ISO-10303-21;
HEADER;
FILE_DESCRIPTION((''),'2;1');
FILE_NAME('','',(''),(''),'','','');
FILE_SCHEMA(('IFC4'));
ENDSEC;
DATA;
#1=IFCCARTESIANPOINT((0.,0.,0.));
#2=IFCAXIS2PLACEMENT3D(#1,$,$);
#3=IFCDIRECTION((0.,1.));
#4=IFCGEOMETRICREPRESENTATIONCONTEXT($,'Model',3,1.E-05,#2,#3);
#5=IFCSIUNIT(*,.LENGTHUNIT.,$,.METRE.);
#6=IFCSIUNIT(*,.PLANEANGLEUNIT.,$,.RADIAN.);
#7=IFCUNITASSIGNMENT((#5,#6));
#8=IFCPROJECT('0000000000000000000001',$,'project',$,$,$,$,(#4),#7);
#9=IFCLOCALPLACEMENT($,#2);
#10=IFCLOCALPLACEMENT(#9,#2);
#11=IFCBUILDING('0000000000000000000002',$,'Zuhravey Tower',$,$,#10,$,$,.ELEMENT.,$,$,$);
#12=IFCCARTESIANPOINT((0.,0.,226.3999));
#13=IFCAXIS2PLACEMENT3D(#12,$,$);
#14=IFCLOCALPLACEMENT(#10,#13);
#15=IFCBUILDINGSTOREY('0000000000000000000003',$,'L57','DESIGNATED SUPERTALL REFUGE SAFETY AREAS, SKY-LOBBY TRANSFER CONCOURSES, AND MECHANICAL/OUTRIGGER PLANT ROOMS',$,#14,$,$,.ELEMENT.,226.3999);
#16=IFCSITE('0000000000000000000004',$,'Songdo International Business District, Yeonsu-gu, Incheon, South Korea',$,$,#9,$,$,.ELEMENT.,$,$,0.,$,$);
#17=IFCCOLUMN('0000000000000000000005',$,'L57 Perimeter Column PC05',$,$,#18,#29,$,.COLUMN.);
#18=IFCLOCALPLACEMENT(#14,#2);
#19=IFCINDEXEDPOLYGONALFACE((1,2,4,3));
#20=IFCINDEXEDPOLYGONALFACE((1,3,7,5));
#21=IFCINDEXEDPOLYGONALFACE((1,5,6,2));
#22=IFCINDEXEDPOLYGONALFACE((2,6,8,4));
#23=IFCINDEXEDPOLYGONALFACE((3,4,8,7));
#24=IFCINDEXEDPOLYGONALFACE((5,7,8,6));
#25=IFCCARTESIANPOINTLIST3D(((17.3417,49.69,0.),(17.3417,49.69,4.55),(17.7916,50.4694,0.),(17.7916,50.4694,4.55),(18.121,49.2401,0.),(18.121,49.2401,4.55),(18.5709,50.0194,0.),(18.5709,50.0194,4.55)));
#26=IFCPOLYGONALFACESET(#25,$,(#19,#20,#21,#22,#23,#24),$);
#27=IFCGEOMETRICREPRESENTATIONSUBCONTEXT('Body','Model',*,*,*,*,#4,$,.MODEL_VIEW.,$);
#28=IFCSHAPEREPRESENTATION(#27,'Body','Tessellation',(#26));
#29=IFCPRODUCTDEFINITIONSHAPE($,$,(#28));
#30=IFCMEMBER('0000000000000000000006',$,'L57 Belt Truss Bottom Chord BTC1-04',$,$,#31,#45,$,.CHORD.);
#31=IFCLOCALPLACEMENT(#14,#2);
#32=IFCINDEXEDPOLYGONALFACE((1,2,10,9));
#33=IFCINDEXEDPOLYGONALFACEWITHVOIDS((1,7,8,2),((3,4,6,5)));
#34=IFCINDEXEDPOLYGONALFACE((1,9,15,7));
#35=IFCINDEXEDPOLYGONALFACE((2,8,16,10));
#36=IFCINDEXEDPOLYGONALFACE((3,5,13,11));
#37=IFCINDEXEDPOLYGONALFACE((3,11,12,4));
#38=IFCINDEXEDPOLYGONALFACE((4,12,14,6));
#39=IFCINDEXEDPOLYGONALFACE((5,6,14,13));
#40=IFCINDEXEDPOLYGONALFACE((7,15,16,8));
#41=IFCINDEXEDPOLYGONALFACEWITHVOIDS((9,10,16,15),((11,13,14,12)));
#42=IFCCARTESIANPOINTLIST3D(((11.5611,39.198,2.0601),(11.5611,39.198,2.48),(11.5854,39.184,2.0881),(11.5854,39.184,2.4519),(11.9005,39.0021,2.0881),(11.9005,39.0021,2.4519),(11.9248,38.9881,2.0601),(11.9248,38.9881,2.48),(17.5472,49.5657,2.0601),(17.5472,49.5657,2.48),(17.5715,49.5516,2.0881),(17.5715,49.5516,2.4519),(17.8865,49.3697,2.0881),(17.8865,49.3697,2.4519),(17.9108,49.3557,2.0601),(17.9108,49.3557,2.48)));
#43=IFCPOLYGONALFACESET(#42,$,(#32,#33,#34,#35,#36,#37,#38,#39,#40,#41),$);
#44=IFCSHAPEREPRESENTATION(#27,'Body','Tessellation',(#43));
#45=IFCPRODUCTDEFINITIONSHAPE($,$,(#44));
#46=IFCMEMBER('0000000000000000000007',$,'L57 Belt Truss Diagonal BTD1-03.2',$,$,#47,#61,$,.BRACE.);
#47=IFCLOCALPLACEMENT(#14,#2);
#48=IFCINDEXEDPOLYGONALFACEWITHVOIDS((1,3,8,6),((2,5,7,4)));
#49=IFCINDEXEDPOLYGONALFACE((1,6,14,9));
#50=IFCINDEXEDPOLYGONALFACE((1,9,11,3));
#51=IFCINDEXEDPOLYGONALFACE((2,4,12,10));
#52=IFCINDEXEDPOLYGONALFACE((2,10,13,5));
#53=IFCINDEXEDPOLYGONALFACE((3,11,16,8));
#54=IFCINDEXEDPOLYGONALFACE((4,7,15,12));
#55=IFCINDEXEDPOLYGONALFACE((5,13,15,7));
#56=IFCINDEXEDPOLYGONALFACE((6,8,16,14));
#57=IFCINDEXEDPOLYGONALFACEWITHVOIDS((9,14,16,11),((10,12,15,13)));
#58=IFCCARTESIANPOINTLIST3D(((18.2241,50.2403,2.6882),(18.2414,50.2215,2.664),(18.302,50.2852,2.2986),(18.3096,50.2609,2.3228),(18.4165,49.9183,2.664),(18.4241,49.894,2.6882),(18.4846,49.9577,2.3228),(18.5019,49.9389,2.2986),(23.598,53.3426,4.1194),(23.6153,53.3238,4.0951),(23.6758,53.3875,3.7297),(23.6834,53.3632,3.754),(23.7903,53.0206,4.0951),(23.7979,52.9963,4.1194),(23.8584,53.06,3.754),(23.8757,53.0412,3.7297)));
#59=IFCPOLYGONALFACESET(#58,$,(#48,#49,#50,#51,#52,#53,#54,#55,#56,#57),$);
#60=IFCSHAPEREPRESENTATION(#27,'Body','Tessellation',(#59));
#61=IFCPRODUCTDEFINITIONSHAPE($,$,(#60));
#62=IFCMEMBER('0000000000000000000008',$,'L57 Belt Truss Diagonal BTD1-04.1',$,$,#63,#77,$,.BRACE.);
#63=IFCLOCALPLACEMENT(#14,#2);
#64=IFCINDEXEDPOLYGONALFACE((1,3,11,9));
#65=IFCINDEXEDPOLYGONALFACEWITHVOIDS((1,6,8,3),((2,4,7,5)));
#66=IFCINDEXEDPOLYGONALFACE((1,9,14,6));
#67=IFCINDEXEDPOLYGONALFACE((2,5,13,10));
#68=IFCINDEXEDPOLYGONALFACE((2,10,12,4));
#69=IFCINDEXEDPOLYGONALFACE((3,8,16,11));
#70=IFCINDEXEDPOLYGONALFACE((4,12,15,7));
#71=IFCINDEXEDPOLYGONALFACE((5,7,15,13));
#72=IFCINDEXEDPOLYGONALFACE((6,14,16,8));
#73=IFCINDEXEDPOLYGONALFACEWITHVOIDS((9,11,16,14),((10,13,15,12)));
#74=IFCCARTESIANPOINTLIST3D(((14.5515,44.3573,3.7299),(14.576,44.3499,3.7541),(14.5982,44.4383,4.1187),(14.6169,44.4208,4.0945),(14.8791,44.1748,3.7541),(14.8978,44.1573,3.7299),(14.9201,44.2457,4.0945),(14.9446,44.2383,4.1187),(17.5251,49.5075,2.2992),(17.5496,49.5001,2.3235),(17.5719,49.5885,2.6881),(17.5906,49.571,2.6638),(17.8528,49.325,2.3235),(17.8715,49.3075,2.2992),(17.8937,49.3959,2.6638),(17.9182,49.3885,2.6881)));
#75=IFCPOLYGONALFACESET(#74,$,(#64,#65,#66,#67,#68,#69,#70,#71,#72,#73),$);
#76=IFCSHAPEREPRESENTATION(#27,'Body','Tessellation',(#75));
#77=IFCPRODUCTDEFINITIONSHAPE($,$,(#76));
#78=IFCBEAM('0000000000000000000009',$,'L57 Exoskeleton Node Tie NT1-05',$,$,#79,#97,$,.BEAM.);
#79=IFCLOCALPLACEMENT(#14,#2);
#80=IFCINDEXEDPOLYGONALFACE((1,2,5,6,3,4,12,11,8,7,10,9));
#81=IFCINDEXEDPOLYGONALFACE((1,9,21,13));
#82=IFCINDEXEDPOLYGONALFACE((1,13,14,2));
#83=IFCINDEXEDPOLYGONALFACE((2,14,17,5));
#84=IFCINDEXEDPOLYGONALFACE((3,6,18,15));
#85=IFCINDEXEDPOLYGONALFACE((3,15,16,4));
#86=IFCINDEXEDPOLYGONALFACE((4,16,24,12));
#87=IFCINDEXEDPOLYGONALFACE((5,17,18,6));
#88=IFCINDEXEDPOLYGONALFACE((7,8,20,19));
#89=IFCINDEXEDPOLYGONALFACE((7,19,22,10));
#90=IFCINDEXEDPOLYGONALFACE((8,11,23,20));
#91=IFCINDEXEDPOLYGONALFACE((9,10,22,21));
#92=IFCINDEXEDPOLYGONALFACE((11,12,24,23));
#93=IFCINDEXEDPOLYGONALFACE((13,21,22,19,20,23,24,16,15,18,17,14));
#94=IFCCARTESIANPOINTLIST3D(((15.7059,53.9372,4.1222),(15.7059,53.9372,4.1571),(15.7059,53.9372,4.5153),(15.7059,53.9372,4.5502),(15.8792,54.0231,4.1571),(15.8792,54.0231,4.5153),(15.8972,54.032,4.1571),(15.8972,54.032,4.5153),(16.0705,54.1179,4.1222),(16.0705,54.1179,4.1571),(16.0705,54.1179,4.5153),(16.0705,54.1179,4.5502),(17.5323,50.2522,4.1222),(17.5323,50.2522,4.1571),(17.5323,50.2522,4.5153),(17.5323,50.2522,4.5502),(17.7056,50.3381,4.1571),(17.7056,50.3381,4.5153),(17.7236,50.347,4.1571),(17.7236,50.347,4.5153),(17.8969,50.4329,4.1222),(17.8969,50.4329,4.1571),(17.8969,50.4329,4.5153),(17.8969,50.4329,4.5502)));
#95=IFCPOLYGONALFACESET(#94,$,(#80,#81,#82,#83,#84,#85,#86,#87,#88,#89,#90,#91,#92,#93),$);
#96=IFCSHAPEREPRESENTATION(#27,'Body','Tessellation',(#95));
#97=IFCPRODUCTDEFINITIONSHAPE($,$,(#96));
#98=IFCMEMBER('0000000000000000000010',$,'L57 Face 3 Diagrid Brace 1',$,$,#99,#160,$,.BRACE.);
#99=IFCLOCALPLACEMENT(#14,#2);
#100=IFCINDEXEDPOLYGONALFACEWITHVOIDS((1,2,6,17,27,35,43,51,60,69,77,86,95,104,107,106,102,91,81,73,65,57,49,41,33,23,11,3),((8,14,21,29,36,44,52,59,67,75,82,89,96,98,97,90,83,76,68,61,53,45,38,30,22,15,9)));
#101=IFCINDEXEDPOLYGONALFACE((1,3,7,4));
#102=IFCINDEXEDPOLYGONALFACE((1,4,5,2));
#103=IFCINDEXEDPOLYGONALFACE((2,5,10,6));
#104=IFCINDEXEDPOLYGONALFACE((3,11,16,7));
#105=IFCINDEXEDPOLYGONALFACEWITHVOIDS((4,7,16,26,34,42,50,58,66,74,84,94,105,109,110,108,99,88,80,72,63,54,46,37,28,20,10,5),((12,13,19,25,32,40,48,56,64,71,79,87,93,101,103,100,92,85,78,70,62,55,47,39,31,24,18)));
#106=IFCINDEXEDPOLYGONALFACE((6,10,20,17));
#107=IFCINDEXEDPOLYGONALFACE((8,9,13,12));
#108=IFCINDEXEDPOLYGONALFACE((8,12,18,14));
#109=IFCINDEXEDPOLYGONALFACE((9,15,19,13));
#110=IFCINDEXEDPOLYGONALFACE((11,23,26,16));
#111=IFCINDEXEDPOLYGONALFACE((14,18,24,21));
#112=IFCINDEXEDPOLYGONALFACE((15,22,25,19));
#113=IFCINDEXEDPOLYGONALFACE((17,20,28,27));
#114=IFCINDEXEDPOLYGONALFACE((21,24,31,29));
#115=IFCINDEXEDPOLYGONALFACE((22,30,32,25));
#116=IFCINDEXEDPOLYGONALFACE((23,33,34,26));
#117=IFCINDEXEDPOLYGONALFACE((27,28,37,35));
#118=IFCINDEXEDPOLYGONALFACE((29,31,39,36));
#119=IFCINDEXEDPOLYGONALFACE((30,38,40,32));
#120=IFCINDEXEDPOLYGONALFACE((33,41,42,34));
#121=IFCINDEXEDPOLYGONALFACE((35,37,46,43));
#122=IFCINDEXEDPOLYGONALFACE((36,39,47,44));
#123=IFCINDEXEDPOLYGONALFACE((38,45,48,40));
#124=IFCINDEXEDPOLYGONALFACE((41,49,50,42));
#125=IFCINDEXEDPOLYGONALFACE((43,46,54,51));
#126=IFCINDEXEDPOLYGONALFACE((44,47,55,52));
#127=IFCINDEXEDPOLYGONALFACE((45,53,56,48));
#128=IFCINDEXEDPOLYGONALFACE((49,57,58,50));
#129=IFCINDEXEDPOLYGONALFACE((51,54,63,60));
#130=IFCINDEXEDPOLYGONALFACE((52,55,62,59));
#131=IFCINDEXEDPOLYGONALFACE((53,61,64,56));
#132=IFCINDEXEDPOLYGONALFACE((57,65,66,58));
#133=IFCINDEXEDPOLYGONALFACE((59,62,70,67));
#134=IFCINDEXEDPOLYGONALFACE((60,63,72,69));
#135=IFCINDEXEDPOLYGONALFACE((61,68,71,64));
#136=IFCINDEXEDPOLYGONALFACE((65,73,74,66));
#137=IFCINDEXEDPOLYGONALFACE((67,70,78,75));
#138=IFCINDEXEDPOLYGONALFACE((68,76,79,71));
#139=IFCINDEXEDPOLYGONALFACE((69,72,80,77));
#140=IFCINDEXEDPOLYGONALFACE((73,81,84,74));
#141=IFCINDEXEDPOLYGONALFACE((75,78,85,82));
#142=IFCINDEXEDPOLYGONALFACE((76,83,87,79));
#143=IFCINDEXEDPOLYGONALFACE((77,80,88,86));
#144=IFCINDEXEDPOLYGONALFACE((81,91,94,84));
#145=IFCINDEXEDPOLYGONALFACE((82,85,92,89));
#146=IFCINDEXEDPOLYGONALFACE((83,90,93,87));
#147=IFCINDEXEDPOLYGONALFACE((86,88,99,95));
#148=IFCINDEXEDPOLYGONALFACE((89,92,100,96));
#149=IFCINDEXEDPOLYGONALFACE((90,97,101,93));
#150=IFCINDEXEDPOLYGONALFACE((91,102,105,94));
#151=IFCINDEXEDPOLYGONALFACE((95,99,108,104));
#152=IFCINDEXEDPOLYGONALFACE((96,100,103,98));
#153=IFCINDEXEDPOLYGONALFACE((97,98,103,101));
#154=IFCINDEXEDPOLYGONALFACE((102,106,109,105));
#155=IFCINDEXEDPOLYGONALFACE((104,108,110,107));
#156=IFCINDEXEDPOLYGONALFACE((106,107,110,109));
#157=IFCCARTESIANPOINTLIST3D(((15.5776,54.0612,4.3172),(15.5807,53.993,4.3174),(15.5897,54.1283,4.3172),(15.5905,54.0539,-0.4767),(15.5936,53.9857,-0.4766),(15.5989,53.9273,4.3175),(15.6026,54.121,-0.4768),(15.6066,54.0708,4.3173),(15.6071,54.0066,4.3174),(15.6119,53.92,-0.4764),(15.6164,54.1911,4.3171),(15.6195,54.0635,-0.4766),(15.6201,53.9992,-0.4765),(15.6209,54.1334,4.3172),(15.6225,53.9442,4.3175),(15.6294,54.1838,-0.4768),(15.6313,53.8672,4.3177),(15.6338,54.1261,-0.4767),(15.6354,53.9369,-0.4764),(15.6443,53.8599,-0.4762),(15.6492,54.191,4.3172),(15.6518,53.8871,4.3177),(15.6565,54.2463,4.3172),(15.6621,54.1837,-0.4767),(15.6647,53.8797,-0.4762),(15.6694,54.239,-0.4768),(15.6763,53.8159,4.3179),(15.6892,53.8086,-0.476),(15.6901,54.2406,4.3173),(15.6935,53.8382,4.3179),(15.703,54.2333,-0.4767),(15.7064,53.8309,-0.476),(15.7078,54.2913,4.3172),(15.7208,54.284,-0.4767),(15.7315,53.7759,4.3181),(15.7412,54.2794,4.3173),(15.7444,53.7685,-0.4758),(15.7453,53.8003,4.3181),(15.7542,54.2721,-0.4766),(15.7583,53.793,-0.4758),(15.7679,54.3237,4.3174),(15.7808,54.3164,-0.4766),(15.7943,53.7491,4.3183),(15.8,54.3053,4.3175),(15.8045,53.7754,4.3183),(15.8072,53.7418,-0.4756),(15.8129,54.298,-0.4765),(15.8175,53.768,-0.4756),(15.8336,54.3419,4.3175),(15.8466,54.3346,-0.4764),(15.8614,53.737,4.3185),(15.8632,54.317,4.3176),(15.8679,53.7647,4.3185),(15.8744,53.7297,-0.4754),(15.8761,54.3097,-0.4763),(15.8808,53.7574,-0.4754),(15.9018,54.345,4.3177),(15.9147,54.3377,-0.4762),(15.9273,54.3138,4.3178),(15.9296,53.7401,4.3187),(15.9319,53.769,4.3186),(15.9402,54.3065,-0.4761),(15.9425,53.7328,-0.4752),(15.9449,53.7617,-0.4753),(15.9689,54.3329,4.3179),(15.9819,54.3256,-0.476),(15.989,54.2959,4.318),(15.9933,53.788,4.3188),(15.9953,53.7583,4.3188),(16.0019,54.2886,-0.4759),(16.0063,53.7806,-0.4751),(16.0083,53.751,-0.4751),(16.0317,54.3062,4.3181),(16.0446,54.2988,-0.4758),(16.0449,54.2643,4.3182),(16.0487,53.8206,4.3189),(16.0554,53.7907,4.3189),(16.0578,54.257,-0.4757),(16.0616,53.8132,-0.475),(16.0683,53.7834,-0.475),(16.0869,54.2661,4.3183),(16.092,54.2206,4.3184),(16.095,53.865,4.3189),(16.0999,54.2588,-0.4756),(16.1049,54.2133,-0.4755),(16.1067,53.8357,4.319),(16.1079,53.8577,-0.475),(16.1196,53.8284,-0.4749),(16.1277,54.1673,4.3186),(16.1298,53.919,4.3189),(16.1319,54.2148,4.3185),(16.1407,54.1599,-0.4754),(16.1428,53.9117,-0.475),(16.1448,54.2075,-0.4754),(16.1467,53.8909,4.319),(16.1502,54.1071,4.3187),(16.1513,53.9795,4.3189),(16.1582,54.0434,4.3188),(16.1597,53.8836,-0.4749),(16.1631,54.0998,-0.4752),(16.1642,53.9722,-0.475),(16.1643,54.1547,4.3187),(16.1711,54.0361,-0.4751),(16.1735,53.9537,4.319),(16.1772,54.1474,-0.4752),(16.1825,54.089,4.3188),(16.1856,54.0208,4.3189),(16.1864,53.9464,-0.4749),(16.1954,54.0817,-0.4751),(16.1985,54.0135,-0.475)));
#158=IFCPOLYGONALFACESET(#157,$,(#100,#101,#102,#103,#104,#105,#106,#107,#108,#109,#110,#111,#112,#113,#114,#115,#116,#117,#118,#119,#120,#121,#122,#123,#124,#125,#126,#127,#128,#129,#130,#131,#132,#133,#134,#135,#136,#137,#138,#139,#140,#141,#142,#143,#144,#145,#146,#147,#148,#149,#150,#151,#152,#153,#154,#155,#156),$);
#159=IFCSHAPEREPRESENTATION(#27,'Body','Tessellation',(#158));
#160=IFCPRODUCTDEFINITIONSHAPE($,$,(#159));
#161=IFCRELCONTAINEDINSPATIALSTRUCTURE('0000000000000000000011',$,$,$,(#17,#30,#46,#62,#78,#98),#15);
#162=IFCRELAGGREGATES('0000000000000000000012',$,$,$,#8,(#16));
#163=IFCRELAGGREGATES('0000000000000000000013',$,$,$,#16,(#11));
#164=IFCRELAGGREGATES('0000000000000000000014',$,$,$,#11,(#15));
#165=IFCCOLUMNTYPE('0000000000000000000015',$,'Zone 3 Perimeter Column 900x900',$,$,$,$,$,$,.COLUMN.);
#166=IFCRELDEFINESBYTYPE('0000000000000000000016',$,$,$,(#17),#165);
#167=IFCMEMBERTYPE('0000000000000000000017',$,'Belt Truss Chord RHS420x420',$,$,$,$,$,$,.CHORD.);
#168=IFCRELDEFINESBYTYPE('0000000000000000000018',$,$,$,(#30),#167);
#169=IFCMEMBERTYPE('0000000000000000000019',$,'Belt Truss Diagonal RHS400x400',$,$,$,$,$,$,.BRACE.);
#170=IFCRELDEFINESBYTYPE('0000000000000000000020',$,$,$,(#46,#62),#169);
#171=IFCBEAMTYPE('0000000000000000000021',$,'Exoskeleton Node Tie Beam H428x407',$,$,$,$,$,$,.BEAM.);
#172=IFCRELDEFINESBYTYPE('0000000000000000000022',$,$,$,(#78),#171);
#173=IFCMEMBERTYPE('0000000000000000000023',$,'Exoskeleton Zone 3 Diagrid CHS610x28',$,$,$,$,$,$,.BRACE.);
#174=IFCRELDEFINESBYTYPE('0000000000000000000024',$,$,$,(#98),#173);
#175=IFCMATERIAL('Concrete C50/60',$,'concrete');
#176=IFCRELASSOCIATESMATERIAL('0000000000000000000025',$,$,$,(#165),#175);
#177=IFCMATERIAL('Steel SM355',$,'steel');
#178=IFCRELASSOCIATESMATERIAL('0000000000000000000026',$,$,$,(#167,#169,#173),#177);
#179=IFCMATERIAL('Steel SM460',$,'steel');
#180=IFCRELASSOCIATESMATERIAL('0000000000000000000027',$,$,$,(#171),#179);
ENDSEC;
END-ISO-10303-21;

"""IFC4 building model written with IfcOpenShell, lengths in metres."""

from ifc_helpers import new_model, si_unit, direction, frame, origin, origin_2d, place, context, subcontext, project, spatial, rectangle, hollow_rectangle, hollow_circle, i_section, extrude, material, material_profile, profile_set, type_object, element, save


model = new_model("IFC4")

# Units and contexts
model_context = context("Model", 3, precision=1e-05, world=origin(), true_north=direction((0.0, 1.0)))
body_context = subcontext(model_context, "Body", "Model", "MODEL_VIEW")
ifc_project = project(units=[si_unit("LENGTHUNIT", "METRE"), si_unit("PLANEANGLEUNIT", "RADIAN")], contexts=[model_context])

# Site, building, storey
site_placement = place(None, origin())
site = spatial("IfcSite", under=ifc_project, at=site_placement, Name="Songdo International Business District, Yeonsu-gu, Incheon, South Korea", CompositionType="ELEMENT", RefElevation=0.0)
building_placement = place(site_placement, origin())
building = spatial("IfcBuilding", under=site, at=building_placement, Name="Zuhravey Tower", CompositionType="ELEMENT")
storey_placement = place(building_placement, frame((0.0, 0.0, 226.3999)))
storey = spatial("IfcBuildingStorey", under=building, at=storey_placement, Name="L57", Description="DESIGNATED SUPERTALL REFUGE SAFETY AREAS, SKY-LOBBY TRANSFER CONCOURSES, AND MECHANICAL/OUTRIGGER PLANT ROOMS", CompositionType="ELEMENT", Elevation=226.3999)

# Column
ifc_material_1 = material(Name="Concrete C50/60", Category="concrete")
ifc_material_profile_1 = material_profile(ifc_material_1, rectangle(XDim=0.8999, YDim=0.8999, at=origin_2d()), Name="RC-900x900")
ifc_profile_set_1 = profile_set([ifc_material_profile_1], Name="Concrete C50/60")
column_type = type_object("IfcColumnType", Name="Zone 3 Perimeter Column 900x900", PredefinedType="COLUMN", material=ifc_profile_set_1)
column_placement = place(storey_placement, frame((17.9563, 49.8547, 0.0), z_axis=(0.0, 0.0, 1.0), x_axis=(-0.5, -0.866025, 0.0)))
element("IfcColumn", 1, at=column_placement, inside=storey, type_object=column_type, Name="L57 Perimeter Column PC05", PredefinedType="COLUMN", context=body_context, shape_type="SweptSolid", body=[
    extrude(rectangle(XDim=0.8999, YDim=0.8999, at=origin_2d()), origin(), (0.0, 0.0, 1.0), 4.55),
])

# Members
ifc_material_2 = material(Name="Steel SM355", Category="steel")
ifc_material_profile_2 = material_profile(ifc_material_2, hollow_rectangle(XDim=0.4199, YDim=0.4199, WallThickness=0.0281, at=origin_2d()), Name="RHS-420x420x28")
ifc_profile_set_2 = profile_set([ifc_material_profile_2], Name="Steel SM355")
member_type_1 = type_object("IfcMemberType", Name="Belt Truss Chord RHS420x420", PredefinedType="CHORD", material=ifc_profile_set_2)
member_1_placement = place(storey_placement, frame((17.729, 49.4607, 2.27), z_axis=(-0.500019, -0.866014, 0.0), x_axis=(0.866014, -0.500019, 0.0)))
element("IfcMember", 2, at=member_1_placement, inside=storey, type_object=member_type_1, Name="L57 Belt Truss Bottom Chord BTC1-04", PredefinedType="CHORD", context=body_context, shape_type="SweptSolid", body=[
    extrude(hollow_rectangle(XDim=0.4199, YDim=0.4199, WallThickness=0.0281, at=origin_2d()), origin(), (0.0, 0.0, 1.0), 11.9717),
])
ifc_material_profile_3 = material_profile(ifc_material_2, hollow_rectangle(XDim=0.3999, YDim=0.3999, WallThickness=0.0249, at=origin_2d()), Name="RHS-400x400x25")
ifc_profile_set_3 = profile_set([ifc_material_profile_3], Name="Steel SM355")
member_type_2 = type_object("IfcMemberType", Name="Belt Truss Diagonal RHS400x400", PredefinedType="BRACE", material=ifc_profile_set_3)
member_2_placement = place(storey_placement, frame((18.363, 50.0896, 2.4934), z_axis=(0.843888, 0.487178, 0.224745), x_axis=(-0.499969, 0.866043, 0.0)))
element("IfcMember", 3, at=member_2_placement, inside=storey, type_object=member_type_2, Name="L57 Belt Truss Diagonal BTD1-03.2", PredefinedType="BRACE", context=body_context, shape_type="SweptSolid", body=[
    extrude(hollow_rectangle(XDim=0.3999, YDim=0.3999, WallThickness=0.0249, at=origin_2d()), origin(), (0.0, 0.0, 1.0), 6.3679),
])
member_3_placement = place(storey_placement, frame((17.7217, 49.448, 2.4937), z_axis=(-0.486155, -0.841989, 0.233897), x_axis=(0.866011, -0.500025, 0.0)))
element("IfcMember", 4, at=member_3_placement, inside=storey, type_object=member_type_2, Name="L57 Belt Truss Diagonal BTD1-04.1", PredefinedType="BRACE", context=body_context, shape_type="SweptSolid", body=[
    extrude(hollow_rectangle(XDim=0.3999, YDim=0.3999, WallThickness=0.0249, at=origin_2d()), origin(), (0.0, 0.0, 1.0), 6.1167),
])

# Beam
ifc_material_3 = material(Name="Steel SM460", Category="steel")
ifc_material_profile_4 = material_profile(ifc_material_3, i_section(OverallWidth=0.407, OverallDepth=0.428, WebThickness=0.02, FlangeThickness=0.0349, at=origin_2d()), Name="H-428x407x20x35")
ifc_profile_set_4 = profile_set([ifc_material_profile_4], Name="Steel SM460")
beam_type_1 = type_object("IfcBeamType", Name="Exoskeleton Node Tie Beam H428x407", PredefinedType="BEAM", material=ifc_profile_set_4)
beam_1_placement = place(storey_placement, frame((17.7146, 50.3425, 4.3362), z_axis=(-0.444077, 0.895989, 0.0), x_axis=(-0.895989, -0.444077, 0.0)))
element("IfcBeam", 5, at=beam_1_placement, inside=storey, type_object=beam_type_1, Name="L57 Exoskeleton Node Tie NT1-05", PredefinedType="BEAM", context=body_context, shape_type="SweptSolid", body=[
    extrude(i_section(OverallWidth=0.407, OverallDepth=0.428, WebThickness=0.02, FlangeThickness=0.0349, at=origin_2d()), origin(), (0.0, 0.0, 1.0), 4.1128),
])

# Member
ifc_material_profile_5 = material_profile(ifc_material_2, hollow_circle(Radius=0.3047, WallThickness=0.0281, at=origin_2d()), Name="CHS-609.6x28")
ifc_profile_set_5 = profile_set([ifc_material_profile_5], Name="Steel SM355")
member_type_3 = type_object("IfcMemberType", Name="Exoskeleton Zone 3 Diagrid CHS610x28", PredefinedType="BRACE", material=ifc_profile_set_5)
member_4_placement = place(storey_placement, frame((15.8945, 54.0337, -0.4758), z_axis=(-0.002699, 0.001528, 0.999995), x_axis=(-0.492598, -0.870257, 0.0)))
element("IfcMember", 6, at=member_4_placement, inside=storey, type_object=member_type_3, Name="L57 Face 3 Diagrid Brace 1", PredefinedType="BRACE", context=body_context, shape_type="SweptSolid", body=[
    extrude(hollow_circle(Radius=0.3047, WallThickness=0.0281, at=origin_2d()), origin(), (0.0, 0.0, 1.0), 4.7939),
])

save(model, "model.ifc")
